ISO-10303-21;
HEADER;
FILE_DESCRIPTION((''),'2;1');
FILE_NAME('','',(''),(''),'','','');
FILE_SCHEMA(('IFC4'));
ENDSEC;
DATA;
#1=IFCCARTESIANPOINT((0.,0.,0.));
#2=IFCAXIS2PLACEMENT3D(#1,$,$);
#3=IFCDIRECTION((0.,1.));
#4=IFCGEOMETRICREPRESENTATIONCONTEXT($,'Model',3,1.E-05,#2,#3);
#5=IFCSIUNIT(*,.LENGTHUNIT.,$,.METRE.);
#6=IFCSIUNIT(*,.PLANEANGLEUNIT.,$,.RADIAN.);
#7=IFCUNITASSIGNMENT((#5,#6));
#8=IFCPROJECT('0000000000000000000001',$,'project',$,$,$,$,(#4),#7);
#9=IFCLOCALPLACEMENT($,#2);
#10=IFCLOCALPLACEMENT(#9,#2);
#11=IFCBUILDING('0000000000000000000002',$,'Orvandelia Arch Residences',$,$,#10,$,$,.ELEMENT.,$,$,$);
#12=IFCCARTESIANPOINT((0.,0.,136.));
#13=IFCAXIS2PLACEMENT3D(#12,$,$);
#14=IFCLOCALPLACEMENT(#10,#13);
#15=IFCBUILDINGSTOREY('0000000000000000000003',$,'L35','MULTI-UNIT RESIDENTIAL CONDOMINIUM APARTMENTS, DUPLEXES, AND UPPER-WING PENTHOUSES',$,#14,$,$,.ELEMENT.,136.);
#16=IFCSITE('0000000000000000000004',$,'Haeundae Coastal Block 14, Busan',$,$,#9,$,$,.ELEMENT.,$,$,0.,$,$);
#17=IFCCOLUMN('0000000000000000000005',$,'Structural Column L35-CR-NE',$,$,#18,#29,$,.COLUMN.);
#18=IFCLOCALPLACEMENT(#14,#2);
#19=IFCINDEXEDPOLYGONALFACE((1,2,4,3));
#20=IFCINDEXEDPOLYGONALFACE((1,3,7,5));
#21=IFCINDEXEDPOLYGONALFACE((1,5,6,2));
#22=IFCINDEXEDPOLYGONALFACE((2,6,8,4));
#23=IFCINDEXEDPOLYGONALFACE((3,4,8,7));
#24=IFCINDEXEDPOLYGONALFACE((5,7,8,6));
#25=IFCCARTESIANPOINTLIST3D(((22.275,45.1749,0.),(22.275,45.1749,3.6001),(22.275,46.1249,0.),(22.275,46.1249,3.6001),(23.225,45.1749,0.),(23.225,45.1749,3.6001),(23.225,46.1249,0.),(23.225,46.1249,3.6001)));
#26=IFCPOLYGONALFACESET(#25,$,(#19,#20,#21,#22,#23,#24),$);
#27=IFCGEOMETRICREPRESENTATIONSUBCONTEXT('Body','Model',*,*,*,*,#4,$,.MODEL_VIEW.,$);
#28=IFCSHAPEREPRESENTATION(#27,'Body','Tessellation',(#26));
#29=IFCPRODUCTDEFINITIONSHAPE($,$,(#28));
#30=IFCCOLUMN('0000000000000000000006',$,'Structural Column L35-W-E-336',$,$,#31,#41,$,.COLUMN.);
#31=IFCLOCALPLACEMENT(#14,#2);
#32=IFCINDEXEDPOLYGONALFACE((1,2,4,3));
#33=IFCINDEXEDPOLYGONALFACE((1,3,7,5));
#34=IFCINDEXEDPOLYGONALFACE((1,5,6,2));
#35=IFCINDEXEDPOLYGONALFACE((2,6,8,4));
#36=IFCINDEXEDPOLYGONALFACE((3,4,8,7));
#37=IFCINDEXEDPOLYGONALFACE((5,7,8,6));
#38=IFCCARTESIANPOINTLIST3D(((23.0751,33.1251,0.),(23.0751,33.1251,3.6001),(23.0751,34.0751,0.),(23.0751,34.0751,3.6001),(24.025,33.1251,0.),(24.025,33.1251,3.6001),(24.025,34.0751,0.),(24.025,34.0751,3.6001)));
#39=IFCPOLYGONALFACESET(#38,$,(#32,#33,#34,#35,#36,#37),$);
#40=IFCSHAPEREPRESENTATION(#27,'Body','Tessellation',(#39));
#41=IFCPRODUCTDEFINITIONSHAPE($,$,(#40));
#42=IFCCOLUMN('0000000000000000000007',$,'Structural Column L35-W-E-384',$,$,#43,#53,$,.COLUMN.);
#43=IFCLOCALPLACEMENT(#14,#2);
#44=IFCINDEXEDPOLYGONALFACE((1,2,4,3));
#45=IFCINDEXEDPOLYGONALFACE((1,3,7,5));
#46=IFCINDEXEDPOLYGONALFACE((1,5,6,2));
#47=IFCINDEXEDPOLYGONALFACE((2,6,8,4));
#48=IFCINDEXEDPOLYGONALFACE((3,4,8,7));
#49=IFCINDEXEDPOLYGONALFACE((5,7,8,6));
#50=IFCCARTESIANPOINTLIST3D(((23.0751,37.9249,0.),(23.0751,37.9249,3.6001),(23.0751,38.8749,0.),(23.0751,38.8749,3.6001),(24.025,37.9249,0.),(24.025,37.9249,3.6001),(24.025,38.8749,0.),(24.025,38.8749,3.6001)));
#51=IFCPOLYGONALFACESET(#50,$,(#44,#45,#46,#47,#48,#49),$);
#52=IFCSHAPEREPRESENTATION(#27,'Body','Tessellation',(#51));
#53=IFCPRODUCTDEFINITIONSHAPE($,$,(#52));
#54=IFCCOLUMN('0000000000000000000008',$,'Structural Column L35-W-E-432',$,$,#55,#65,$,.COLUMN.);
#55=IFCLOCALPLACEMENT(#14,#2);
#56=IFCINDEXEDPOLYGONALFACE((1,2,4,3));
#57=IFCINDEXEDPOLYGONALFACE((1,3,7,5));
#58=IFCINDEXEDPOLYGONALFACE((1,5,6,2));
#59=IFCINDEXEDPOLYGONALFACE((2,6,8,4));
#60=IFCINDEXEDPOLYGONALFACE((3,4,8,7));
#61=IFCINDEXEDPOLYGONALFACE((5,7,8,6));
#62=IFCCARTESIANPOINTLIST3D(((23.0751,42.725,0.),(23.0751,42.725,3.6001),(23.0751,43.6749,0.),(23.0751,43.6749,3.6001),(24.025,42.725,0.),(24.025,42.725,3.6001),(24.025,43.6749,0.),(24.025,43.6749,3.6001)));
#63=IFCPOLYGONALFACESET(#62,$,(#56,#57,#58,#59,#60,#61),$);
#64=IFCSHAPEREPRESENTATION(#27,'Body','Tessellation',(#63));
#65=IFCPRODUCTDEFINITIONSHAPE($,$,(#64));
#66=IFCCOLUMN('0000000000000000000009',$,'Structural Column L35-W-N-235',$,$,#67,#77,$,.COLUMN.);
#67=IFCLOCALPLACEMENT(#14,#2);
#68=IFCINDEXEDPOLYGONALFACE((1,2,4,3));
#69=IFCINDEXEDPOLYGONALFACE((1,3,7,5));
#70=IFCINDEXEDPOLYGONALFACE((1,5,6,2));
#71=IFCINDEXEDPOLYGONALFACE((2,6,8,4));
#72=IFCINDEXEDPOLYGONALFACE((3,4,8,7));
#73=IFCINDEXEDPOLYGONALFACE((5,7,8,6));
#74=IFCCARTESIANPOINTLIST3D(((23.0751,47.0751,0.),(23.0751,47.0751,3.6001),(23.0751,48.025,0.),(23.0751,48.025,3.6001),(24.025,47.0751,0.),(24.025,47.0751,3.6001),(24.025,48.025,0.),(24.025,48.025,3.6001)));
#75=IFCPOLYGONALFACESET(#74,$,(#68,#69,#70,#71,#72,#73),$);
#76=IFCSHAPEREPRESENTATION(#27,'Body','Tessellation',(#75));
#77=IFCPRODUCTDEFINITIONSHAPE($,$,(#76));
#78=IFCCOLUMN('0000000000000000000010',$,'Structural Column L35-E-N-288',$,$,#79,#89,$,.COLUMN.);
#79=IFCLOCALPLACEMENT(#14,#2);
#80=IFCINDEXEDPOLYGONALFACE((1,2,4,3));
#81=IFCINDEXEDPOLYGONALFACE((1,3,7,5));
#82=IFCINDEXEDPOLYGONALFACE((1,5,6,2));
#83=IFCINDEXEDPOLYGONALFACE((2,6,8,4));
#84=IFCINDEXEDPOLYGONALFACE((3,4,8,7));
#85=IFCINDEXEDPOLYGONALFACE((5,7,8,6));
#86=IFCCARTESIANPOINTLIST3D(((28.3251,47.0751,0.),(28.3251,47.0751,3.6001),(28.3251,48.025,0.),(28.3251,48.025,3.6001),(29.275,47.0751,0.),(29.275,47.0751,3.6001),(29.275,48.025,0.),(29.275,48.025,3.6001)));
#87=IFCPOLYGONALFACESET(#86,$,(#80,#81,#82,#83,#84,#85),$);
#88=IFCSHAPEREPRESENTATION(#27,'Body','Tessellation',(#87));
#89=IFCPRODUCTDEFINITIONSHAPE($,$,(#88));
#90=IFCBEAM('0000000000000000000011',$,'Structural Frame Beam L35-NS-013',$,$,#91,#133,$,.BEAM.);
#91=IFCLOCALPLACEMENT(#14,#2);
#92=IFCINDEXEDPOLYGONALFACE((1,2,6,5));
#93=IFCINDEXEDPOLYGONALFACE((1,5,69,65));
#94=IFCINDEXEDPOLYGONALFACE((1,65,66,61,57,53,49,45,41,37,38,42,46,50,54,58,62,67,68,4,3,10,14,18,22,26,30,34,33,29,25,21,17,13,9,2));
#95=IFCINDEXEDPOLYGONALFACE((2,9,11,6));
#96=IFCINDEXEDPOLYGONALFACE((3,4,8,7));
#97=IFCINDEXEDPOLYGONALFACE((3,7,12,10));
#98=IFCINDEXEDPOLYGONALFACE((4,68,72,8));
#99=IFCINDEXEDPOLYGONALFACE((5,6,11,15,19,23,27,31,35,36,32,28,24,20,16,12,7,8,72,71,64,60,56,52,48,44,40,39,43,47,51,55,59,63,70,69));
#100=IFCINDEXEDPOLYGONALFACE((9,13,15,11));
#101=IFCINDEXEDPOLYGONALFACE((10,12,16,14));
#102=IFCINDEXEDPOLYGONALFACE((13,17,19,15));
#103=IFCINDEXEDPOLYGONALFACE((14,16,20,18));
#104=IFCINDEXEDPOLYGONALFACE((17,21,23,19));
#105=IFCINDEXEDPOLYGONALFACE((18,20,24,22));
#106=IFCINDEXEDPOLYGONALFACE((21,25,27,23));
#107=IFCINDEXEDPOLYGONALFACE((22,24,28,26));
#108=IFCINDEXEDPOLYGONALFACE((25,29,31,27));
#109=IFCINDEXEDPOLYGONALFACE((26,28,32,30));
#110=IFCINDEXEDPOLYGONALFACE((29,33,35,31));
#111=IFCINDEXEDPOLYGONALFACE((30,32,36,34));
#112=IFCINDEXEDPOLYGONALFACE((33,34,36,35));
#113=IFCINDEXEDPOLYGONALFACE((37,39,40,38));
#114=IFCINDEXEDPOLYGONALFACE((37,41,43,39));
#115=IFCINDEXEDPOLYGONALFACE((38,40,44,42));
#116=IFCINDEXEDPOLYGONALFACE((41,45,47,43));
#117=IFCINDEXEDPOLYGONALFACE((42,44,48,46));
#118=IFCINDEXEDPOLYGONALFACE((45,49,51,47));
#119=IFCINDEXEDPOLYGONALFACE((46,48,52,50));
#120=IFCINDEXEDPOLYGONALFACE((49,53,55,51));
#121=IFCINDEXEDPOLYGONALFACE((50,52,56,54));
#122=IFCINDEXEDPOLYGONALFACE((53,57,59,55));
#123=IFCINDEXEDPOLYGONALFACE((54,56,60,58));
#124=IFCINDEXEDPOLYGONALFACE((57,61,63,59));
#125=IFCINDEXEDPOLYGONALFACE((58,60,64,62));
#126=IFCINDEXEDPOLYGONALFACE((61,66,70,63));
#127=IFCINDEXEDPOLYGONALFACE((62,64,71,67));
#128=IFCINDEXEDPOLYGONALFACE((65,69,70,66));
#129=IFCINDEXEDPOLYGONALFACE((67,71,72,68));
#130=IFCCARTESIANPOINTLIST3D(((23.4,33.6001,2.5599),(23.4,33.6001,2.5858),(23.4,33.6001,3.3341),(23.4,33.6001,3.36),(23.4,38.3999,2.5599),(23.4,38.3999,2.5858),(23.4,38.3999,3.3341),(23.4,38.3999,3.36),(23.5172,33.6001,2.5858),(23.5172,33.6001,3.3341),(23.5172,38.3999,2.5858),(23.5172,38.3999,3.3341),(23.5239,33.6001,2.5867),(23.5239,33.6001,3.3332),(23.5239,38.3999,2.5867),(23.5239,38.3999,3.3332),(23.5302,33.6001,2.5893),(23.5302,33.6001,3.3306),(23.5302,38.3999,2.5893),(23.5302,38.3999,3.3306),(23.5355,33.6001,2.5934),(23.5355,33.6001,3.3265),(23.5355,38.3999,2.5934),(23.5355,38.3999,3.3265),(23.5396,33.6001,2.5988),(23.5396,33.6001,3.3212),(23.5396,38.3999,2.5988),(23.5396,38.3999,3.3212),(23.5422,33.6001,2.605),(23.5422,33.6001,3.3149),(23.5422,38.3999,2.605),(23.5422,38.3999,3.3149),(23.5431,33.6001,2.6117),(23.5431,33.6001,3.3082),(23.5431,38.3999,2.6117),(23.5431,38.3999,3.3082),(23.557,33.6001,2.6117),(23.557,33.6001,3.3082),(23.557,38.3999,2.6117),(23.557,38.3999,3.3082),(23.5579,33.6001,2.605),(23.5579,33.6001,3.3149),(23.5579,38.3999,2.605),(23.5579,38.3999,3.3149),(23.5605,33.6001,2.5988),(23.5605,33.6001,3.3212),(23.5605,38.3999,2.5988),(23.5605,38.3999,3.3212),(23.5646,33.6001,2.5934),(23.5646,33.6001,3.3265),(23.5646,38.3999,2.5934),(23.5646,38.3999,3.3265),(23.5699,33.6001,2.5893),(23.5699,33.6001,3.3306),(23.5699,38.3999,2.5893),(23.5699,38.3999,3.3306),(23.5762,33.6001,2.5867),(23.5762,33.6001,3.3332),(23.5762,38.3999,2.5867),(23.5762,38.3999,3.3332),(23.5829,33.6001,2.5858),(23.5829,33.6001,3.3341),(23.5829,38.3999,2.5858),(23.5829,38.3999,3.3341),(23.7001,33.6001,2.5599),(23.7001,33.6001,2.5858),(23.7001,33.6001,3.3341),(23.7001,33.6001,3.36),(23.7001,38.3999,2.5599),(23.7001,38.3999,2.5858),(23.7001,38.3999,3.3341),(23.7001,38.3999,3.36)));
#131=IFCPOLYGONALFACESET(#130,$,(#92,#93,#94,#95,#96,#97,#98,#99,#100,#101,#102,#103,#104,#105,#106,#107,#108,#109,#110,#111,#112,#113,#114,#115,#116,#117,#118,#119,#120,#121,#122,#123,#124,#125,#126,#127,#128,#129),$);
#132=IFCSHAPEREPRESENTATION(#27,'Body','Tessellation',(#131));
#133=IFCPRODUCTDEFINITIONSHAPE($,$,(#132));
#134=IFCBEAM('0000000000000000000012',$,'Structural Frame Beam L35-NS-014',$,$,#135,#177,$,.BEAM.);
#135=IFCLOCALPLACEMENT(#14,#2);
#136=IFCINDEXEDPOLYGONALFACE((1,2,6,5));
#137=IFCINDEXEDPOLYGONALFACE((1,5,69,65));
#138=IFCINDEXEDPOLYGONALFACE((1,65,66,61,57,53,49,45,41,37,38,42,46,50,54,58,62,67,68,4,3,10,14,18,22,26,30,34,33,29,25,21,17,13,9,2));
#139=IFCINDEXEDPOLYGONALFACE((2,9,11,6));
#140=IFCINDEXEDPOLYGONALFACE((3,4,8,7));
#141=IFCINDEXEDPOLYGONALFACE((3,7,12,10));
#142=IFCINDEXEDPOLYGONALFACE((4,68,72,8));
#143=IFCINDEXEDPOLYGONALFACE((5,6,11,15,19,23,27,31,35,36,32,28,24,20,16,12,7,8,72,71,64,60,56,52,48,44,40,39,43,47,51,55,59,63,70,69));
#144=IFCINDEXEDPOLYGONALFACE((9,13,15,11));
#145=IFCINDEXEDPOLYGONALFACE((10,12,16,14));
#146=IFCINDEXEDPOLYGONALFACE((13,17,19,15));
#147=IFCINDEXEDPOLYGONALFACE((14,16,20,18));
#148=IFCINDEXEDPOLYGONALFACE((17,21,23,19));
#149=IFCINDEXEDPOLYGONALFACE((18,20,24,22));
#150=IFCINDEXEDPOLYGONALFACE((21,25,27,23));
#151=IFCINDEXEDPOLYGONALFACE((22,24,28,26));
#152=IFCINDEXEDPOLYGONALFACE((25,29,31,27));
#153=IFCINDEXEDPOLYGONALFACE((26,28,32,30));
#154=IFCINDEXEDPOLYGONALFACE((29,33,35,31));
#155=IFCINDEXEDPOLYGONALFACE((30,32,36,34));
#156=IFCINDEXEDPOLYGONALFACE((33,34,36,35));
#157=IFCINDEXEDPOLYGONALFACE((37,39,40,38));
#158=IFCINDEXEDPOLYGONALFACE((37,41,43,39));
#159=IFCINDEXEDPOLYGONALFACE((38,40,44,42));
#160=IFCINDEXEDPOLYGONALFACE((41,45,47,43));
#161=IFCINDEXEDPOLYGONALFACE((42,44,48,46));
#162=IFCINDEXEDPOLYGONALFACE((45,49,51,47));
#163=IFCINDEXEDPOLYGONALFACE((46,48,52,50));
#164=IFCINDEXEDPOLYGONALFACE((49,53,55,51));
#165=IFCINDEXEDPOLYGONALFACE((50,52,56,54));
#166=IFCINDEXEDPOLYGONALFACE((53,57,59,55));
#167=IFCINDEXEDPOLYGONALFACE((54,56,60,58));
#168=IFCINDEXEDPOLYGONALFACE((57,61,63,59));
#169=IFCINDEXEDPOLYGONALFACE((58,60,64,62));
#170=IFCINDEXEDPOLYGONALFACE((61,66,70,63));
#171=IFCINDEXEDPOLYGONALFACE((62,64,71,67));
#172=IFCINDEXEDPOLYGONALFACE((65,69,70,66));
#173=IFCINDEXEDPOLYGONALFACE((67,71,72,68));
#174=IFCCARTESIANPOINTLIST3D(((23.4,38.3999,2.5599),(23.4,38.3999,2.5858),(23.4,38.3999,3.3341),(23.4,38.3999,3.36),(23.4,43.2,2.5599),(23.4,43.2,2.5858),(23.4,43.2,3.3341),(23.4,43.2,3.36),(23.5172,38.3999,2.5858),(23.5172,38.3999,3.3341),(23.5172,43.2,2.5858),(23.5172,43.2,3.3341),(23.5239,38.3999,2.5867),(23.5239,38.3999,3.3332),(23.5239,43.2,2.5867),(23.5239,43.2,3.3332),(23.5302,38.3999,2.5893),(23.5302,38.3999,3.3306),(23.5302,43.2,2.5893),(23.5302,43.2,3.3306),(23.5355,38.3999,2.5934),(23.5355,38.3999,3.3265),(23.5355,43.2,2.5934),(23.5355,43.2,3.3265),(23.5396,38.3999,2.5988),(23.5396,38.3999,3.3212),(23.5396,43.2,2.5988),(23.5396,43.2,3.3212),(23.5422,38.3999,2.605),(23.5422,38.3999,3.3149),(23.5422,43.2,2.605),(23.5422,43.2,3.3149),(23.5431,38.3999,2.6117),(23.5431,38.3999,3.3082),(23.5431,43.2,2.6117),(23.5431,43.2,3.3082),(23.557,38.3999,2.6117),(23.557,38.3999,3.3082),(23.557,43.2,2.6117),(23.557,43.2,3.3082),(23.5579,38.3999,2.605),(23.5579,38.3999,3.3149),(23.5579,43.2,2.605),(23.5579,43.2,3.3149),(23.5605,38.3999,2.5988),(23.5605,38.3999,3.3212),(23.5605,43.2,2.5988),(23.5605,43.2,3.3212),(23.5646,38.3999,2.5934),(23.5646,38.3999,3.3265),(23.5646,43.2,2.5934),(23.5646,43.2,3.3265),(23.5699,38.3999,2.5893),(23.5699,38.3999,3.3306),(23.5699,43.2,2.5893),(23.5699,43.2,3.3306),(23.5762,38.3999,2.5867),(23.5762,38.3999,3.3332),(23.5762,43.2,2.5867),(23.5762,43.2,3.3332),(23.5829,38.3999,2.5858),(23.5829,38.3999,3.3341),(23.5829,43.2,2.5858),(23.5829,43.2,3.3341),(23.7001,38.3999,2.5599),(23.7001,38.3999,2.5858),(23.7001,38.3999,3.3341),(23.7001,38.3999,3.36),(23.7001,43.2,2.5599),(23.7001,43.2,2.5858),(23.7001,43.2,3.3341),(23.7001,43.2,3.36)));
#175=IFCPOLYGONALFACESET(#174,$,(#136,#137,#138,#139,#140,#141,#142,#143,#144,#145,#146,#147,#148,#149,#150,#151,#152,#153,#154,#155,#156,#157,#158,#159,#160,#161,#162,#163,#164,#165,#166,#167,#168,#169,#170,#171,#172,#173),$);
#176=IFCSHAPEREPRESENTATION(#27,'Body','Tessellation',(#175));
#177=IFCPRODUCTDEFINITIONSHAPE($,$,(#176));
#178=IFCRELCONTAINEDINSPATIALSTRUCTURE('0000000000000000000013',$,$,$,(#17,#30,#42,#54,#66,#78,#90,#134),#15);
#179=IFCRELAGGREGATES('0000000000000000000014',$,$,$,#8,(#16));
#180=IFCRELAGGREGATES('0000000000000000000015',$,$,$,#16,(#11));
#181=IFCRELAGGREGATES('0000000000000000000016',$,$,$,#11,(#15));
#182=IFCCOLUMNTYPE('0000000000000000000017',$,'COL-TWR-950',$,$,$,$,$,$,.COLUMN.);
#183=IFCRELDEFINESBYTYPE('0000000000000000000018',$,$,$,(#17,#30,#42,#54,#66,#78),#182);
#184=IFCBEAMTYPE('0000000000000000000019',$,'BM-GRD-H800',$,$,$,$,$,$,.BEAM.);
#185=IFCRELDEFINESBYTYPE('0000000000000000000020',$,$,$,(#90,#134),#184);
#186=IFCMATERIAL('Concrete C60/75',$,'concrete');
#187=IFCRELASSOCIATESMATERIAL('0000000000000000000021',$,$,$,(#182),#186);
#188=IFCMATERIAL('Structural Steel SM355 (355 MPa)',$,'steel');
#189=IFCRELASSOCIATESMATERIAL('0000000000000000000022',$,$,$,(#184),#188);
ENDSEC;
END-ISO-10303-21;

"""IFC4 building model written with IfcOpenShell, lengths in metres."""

from ifc_helpers import new_model, si_unit, direction, frame, origin, origin_2d, place, context, subcontext, project, spatial, rectangle, i_section, extrude, material, material_profile, profile_set, type_object, element, save


model = new_model("IFC4")

# Units and contexts
model_context = context("Model", 3, precision=1e-05, world=origin(), true_north=direction((0.0, 1.0)))
body_context = subcontext(model_context, "Body", "Model", "MODEL_VIEW")
ifc_project = project(units=[si_unit("LENGTHUNIT", "METRE"), si_unit("PLANEANGLEUNIT", "RADIAN")], contexts=[model_context])

# Site, building, storey
site_placement = place(None, origin())
site = spatial("IfcSite", under=ifc_project, at=site_placement, Name="Haeundae Coastal Block 14, Busan", CompositionType="ELEMENT", RefElevation=0.0)
building_placement = place(site_placement, origin())
building = spatial("IfcBuilding", under=site, at=building_placement, Name="Orvandelia Arch Residences", CompositionType="ELEMENT")
storey_placement = place(building_placement, frame((0.0, 0.0, 136.0)))
storey = spatial("IfcBuildingStorey", under=building, at=storey_placement, Name="L35", Description="MULTI-UNIT RESIDENTIAL CONDOMINIUM APARTMENTS, DUPLEXES, AND UPPER-WING PENTHOUSES", CompositionType="ELEMENT", Elevation=136.0)

# Columns
ifc_material_1 = material(Name="Concrete C60/75", Category="concrete")
ifc_material_profile_1 = material_profile(ifc_material_1, rectangle(XDim=0.95, YDim=0.95, at=origin_2d()), Name="Concrete C60/75", Category="concrete")
ifc_profile_set_1 = profile_set([ifc_material_profile_1], Name="Concrete C60/75")
column_type = type_object("IfcColumnType", Name="COL-TWR-950", PredefinedType="COLUMN", material=ifc_profile_set_1)
for number, where, z_axis, x_axis, name in (
    (1, (22.75, 45.6499, 0.0), (0.0, 0.0, 1.0), (1.0, 0.0, 0.0), "Structural Column L35-CR-NE"),
    (2, (23.55, 33.6001, 0.0), (0.0, 0.0, 1.0), (1.0, 0.0, 0.0), "Structural Column L35-W-E-336"),
    (3, (23.55, 38.3999, 0.0), (0.0, 0.0, 1.0), (1.0, 0.0, 0.0), "Structural Column L35-W-E-384"),
    (4, (23.55, 43.2, 0.0), (0.0, 0.0, 1.0), (1.0, 0.0, 0.0), "Structural Column L35-W-E-432"),
    (5, (23.55, 47.55, 0.0), (0.0, 0.0, 1.0), (1.0, 0.0, 0.0), "Structural Column L35-W-N-235"),
    (6, (28.8, 47.55, 0.0), (0.0, 0.0, 1.0), (1.0, 0.0, 0.0), "Structural Column L35-E-N-288"),
):
    element("IfcColumn", number, at=place(storey_placement, frame(where, z_axis=z_axis, x_axis=x_axis)), inside=storey, type_object=column_type, Name=name, PredefinedType="COLUMN", context=body_context, shape_type="SweptSolid", body=[
        extrude(rectangle(XDim=0.95, YDim=0.95, at=origin_2d()), origin(), (0.0, 0.0, 1.0), 3.6001),
    ])

# Beams
ifc_material_2 = material(Name="Structural Steel SM355 (355 MPa)", Category="steel")
ifc_material_profile_2 = material_profile(ifc_material_2, i_section(OverallWidth=0.3, OverallDepth=0.8, WebThickness=0.0139, FlangeThickness=0.0259, FilletRadius=0.0259, at=origin_2d()), Name="Structural Steel SM355 (355 MPa)", Category="steel")
ifc_profile_set_2 = profile_set([ifc_material_profile_2], Name="Structural Steel SM355 (355 MPa)")
beam_type = type_object("IfcBeamType", Name="BM-GRD-H800", PredefinedType="BEAM", material=ifc_profile_set_2)
beam_1_placement = place(storey_placement, frame((23.55, 33.6001, 2.96), z_axis=(0.0, 1.0, 0.0), x_axis=(-1.0, 0.0, 0.0)))
element("IfcBeam", 7, at=beam_1_placement, inside=storey, type_object=beam_type, Name="Structural Frame Beam L35-NS-013", PredefinedType="BEAM", context=body_context, shape_type="SweptSolid", body=[
    extrude(i_section(OverallWidth=0.3, OverallDepth=0.8, WebThickness=0.0139, FlangeThickness=0.0259, FilletRadius=0.0259, at=origin_2d()), origin(), (0.0, 0.0, 1.0), 4.7998),
])
beam_2_placement = place(storey_placement, frame((23.55, 38.3999, 2.96), z_axis=(0.0, 1.0, 0.0), x_axis=(-1.0, 0.0, 0.0)))
element("IfcBeam", 8, at=beam_2_placement, inside=storey, type_object=beam_type, Name="Structural Frame Beam L35-NS-014", PredefinedType="BEAM", context=body_context, shape_type="SweptSolid", body=[
    extrude(i_section(OverallWidth=0.3, OverallDepth=0.8, WebThickness=0.0139, FlangeThickness=0.0259, FilletRadius=0.0259, at=origin_2d()), origin(), (0.0, 0.0, 1.0), 4.8),
])

save(model, "model.ifc")
